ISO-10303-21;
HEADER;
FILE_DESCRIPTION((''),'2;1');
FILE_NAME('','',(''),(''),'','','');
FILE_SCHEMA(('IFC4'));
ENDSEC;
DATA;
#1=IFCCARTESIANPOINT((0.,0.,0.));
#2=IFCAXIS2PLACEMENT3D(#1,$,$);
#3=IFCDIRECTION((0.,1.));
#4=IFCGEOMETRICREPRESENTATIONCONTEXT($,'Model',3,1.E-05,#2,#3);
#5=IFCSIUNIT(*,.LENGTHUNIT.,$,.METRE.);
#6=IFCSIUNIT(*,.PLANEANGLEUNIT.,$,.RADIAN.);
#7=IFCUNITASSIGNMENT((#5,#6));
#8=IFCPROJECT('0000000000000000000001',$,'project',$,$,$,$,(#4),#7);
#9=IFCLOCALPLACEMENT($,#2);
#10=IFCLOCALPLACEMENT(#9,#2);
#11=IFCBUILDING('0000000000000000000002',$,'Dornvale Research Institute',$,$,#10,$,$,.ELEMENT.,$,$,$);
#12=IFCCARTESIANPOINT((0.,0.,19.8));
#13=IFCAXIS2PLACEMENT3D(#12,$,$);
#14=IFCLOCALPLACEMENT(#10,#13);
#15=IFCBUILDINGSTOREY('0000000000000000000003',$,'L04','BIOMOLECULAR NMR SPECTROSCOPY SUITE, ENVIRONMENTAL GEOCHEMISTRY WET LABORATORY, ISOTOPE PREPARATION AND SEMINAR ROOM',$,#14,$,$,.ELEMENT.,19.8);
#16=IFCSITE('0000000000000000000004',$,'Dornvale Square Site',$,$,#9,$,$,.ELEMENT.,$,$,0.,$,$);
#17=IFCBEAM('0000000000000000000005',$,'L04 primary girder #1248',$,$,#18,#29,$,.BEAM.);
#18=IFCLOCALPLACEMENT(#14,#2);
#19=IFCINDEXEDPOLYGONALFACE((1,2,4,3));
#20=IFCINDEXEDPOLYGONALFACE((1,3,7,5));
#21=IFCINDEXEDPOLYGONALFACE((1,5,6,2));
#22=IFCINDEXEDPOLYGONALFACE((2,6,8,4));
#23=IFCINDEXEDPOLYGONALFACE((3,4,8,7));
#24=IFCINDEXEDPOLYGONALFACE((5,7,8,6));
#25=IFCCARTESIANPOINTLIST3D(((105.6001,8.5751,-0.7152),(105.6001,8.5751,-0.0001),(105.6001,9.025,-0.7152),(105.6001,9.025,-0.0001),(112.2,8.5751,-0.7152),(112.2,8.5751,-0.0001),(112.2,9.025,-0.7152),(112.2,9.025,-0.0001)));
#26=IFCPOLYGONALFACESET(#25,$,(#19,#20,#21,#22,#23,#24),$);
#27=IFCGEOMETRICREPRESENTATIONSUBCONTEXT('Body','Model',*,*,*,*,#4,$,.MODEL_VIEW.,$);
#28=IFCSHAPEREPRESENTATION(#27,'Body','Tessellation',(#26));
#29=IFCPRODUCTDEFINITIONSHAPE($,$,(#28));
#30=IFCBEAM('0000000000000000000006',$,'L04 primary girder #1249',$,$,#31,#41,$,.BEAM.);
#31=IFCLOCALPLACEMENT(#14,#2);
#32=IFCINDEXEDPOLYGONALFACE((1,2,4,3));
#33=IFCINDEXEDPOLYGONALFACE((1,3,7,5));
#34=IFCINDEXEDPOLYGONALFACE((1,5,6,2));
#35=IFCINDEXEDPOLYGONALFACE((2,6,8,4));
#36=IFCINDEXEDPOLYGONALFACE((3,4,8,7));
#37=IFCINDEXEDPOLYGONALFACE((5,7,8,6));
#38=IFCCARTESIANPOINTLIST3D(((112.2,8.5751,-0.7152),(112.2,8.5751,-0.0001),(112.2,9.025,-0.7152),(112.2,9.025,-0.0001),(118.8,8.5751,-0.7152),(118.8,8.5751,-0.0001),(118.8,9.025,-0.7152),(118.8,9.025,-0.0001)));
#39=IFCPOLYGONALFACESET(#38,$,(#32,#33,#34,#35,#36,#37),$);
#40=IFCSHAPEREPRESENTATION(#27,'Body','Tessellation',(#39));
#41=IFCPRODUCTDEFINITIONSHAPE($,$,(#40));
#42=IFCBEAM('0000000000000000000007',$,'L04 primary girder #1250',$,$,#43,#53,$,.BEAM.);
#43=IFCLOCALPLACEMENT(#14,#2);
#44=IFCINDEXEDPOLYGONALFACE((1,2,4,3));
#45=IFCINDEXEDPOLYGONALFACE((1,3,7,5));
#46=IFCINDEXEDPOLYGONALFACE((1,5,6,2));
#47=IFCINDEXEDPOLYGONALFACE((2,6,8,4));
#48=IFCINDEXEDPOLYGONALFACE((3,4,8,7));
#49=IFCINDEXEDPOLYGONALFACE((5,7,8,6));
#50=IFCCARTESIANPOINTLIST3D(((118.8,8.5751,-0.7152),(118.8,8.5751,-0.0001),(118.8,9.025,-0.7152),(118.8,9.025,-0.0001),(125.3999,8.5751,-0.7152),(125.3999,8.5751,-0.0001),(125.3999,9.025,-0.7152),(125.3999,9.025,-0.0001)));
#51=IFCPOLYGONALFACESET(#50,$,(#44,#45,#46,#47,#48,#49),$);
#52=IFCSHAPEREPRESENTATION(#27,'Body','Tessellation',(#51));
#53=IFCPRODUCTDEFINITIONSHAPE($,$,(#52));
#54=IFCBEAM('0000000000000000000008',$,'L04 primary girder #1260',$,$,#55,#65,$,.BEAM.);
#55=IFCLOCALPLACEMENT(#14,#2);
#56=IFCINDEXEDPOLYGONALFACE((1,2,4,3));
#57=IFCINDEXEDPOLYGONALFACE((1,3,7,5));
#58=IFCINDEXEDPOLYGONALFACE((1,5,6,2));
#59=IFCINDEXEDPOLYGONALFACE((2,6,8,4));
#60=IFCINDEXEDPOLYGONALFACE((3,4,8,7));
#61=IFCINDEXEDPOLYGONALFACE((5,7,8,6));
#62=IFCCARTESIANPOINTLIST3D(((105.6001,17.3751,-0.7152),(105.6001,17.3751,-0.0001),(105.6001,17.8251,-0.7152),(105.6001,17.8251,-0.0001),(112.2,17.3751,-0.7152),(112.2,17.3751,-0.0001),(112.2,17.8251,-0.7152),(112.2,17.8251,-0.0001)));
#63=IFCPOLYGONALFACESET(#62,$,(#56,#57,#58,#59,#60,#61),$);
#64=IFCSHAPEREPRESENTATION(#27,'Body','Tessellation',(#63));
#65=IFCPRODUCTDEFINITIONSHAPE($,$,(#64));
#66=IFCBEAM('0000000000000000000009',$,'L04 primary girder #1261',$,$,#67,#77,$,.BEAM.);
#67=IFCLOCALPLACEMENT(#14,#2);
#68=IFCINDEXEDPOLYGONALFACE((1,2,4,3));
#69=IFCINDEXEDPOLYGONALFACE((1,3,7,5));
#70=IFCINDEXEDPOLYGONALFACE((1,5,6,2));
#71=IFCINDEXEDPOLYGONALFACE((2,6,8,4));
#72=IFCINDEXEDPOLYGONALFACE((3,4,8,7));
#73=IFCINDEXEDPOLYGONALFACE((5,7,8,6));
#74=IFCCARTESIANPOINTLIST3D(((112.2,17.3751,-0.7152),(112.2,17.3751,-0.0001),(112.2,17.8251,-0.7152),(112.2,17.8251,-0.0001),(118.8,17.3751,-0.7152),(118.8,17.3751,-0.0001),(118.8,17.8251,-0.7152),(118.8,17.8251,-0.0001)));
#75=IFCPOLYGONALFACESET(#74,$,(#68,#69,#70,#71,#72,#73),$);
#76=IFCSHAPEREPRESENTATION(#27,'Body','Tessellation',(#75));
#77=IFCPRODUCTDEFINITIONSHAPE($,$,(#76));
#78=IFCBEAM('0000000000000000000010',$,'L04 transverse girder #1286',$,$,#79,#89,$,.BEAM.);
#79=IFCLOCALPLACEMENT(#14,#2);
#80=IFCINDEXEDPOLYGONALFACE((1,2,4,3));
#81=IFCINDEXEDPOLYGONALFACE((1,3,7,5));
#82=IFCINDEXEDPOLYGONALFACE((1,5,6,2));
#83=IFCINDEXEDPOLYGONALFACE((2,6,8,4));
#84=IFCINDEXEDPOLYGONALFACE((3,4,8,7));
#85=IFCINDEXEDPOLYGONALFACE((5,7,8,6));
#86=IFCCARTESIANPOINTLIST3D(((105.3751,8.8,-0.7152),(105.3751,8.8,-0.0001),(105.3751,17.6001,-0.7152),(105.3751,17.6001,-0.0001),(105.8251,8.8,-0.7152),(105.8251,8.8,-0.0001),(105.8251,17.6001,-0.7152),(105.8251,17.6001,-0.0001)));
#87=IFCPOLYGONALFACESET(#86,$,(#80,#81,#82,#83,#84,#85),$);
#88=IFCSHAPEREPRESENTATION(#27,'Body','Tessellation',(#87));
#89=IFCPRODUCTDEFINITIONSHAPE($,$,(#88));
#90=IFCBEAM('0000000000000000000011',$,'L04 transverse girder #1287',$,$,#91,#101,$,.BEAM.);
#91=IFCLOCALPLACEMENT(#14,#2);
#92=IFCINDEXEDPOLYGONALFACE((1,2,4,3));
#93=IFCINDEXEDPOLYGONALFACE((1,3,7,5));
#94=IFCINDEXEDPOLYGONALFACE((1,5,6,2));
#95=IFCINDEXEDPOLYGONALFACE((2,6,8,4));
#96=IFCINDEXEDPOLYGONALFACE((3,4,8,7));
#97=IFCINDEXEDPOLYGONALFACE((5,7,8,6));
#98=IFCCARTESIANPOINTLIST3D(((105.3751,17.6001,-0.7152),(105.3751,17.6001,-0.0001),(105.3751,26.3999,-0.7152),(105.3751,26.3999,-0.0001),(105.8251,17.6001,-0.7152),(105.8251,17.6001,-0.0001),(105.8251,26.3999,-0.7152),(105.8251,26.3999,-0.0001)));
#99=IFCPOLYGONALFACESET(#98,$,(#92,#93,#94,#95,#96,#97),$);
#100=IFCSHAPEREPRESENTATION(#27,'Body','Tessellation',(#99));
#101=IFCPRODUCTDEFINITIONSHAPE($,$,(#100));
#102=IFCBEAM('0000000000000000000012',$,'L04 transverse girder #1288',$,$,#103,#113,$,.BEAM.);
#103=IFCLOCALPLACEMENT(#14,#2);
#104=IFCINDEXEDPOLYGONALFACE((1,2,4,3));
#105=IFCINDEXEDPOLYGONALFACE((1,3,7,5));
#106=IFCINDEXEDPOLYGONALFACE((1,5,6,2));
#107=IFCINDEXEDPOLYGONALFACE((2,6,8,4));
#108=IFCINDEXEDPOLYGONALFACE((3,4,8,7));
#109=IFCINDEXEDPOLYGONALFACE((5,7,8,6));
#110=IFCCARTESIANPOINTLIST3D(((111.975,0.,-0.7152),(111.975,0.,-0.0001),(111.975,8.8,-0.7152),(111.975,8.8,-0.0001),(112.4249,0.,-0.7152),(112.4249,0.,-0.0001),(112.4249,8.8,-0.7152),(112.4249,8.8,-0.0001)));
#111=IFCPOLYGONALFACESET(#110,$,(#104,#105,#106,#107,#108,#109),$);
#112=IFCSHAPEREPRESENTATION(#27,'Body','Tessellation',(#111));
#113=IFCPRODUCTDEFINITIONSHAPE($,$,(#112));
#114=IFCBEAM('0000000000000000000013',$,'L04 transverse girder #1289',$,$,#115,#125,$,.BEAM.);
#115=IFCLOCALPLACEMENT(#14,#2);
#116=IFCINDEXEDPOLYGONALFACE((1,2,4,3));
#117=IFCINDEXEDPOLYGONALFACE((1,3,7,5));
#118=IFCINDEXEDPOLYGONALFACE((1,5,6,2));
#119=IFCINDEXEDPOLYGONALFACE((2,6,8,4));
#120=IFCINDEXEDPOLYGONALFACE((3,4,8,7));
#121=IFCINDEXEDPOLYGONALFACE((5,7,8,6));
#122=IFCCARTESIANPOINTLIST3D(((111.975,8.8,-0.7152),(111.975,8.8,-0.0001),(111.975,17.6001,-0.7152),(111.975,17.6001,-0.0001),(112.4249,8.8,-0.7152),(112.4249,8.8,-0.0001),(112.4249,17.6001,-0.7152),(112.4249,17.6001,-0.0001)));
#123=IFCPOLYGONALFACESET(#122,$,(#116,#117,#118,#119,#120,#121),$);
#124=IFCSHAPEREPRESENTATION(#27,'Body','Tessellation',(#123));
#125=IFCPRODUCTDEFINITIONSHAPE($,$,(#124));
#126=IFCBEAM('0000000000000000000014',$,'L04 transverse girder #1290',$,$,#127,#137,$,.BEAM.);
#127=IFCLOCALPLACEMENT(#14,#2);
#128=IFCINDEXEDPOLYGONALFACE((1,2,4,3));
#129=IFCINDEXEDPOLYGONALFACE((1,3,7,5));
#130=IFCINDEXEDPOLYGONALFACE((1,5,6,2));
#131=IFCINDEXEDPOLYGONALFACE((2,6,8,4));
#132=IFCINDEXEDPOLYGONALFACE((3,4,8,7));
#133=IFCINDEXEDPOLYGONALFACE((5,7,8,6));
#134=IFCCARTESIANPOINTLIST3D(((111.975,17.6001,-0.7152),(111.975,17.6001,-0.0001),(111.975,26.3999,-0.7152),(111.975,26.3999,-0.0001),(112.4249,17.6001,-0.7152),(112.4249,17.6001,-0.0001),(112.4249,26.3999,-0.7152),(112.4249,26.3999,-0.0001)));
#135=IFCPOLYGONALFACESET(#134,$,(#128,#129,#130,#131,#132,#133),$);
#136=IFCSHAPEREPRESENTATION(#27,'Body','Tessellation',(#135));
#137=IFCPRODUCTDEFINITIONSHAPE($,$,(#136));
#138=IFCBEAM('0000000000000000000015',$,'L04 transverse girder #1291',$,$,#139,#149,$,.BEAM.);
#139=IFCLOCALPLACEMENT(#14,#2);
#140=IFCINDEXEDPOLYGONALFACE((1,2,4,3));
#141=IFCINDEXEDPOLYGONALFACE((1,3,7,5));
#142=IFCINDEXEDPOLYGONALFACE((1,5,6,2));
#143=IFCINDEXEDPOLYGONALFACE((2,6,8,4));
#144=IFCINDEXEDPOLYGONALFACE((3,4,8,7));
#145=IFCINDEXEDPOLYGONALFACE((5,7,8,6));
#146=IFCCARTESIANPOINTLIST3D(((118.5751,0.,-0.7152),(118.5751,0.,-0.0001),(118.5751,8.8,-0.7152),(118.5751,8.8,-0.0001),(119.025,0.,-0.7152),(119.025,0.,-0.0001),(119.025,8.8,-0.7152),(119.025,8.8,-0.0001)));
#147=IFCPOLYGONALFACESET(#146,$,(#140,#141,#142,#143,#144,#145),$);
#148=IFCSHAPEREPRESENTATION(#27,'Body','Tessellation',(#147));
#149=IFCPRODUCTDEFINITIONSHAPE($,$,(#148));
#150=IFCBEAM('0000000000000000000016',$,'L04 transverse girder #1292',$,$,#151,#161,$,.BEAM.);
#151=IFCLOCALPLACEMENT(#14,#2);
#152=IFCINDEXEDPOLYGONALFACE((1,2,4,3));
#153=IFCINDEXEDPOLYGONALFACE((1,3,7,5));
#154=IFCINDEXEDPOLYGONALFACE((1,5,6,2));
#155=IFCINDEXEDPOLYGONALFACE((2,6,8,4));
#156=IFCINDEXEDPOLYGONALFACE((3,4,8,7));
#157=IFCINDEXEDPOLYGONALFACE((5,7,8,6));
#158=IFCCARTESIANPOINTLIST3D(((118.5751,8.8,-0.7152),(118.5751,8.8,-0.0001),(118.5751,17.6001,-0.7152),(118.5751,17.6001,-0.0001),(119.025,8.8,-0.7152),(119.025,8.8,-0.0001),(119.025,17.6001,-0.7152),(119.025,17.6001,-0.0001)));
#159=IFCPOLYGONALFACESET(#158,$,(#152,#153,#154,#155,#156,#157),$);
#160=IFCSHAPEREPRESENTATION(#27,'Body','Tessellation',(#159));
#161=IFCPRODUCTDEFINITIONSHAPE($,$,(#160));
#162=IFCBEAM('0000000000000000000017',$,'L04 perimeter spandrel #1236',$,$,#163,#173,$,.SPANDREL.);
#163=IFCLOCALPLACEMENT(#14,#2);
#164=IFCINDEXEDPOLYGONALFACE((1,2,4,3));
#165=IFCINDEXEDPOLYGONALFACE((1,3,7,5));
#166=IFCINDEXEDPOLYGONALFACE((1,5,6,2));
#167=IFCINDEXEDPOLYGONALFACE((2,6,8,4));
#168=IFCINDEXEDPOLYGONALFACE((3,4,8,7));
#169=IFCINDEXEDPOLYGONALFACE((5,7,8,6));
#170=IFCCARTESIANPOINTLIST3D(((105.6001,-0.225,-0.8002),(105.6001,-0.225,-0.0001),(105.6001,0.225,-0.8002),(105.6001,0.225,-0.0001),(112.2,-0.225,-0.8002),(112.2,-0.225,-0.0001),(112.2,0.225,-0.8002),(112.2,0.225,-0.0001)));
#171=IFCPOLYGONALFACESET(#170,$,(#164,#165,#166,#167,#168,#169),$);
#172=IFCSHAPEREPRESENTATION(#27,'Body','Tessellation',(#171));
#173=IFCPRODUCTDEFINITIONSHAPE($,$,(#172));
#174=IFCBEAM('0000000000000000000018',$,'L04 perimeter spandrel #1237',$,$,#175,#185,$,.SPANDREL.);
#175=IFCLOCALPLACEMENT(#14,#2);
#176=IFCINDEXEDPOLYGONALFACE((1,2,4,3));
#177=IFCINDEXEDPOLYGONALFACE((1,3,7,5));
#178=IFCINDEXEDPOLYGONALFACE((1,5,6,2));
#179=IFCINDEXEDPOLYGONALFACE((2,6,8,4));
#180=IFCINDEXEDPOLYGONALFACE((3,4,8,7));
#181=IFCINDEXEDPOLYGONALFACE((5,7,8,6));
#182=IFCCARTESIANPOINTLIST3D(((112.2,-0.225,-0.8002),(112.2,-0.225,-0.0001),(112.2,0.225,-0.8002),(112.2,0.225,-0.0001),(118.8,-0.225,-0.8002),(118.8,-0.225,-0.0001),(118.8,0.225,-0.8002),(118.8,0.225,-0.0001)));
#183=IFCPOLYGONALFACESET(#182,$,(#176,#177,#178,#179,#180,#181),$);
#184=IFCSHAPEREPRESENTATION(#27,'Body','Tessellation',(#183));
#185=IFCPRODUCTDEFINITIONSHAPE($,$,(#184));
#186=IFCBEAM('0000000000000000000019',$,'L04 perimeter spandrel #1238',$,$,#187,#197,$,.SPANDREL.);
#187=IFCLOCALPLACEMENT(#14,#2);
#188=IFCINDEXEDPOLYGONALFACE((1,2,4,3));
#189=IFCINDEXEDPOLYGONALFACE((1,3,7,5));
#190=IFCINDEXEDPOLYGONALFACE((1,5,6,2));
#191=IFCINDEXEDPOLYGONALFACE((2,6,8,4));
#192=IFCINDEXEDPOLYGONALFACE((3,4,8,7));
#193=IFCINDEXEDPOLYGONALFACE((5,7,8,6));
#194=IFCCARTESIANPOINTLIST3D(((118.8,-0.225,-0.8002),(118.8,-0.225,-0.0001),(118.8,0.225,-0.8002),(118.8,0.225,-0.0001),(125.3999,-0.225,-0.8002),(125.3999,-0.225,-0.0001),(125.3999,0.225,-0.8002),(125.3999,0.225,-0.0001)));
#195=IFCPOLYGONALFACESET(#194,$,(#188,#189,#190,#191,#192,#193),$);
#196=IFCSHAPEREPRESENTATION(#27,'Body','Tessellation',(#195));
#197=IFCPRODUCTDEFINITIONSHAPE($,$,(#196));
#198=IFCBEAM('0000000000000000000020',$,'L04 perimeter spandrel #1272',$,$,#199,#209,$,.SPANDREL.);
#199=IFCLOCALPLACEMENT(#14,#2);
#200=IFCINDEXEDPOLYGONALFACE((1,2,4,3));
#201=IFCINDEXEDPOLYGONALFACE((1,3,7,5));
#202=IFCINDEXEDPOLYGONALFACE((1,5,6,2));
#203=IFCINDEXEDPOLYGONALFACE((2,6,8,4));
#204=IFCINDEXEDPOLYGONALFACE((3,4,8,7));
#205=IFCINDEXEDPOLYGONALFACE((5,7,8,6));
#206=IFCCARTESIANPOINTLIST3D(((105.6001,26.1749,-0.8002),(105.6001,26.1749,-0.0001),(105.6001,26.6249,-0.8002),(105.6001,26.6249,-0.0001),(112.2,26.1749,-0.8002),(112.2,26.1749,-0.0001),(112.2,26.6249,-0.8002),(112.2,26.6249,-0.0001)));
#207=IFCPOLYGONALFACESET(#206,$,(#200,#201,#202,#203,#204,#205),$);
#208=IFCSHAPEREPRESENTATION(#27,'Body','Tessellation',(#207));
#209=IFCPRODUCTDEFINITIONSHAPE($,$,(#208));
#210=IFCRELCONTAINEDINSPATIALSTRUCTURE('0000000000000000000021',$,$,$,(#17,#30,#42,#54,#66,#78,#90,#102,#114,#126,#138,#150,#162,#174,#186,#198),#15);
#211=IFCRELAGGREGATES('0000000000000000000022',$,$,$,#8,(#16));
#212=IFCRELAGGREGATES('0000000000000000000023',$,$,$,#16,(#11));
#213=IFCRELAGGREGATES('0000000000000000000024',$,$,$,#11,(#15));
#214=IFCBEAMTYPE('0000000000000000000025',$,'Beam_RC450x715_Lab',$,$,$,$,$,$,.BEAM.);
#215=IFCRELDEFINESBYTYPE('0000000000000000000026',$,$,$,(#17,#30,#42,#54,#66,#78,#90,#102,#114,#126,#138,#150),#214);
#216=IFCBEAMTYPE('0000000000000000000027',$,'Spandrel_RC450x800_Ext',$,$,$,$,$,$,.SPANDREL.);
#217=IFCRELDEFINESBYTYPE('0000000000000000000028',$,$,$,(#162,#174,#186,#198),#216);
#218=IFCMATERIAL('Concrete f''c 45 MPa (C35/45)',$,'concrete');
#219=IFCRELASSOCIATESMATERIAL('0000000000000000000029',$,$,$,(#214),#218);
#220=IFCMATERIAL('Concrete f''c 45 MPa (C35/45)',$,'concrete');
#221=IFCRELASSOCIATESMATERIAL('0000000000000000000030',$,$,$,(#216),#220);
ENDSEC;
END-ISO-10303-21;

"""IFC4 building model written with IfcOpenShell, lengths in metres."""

from ifc_helpers import new_model, si_unit, direction, frame, origin, origin_2d, place, context, subcontext, project, spatial, rectangle, extrude, material, material_profile, profile_set, type_object, element, save


model = new_model("IFC4")

# Units and contexts
model_context = context("Model", 3, precision=1e-05, world=origin(), true_north=direction((0.0, 1.0)))
body_context = subcontext(model_context, "Body", "Model", "MODEL_VIEW")
ifc_project = project(units=[si_unit("LENGTHUNIT", "METRE"), si_unit("PLANEANGLEUNIT", "RADIAN")], contexts=[model_context])

# Site, building, storey
site_placement = place(None, origin())
site = spatial("IfcSite", under=ifc_project, at=site_placement, Name="Dornvale Square Site", CompositionType="ELEMENT", RefElevation=0.0)
building_placement = place(site_placement, origin())
building = spatial("IfcBuilding", under=site, at=building_placement, Name="Dornvale Research Institute", CompositionType="ELEMENT")
storey_placement = place(building_placement, frame((0.0, 0.0, 19.8)))
storey = spatial("IfcBuildingStorey", under=building, at=storey_placement, Name="L04", Description="BIOMOLECULAR NMR SPECTROSCOPY SUITE, ENVIRONMENTAL GEOCHEMISTRY WET LABORATORY, ISOTOPE PREPARATION AND SEMINAR ROOM", CompositionType="ELEMENT", Elevation=19.8)

# Beams
ifc_material_1 = material(Name="Concrete f'c 45 MPa (C35/45)", Category="concrete")
ifc_material_profile_1 = material_profile(ifc_material_1, rectangle(XDim=0.45, YDim=0.7151, at=origin_2d()), Name="RC 450x715")
ifc_profile_set_1 = profile_set([ifc_material_profile_1], Name="Concrete f'c 45 MPa (C35/45)")
beam_type_1 = type_object("IfcBeamType", Name="Beam_RC450x715_Lab", PredefinedType="BEAM", material=ifc_profile_set_1)
beam_1_placement = place(storey_placement, frame((105.6001, 8.8, -0.3577), z_axis=(1.0, 0.0, 0.0), x_axis=(0.0, 1.0, 0.0)))
element("IfcBeam", 1, at=beam_1_placement, inside=storey, type_object=beam_type_1, Name="L04 primary girder #1248", PredefinedType="BEAM", context=body_context, shape_type="SweptSolid", body=[
    extrude(rectangle(XDim=0.45, YDim=0.7151, at=origin_2d()), origin(), (0.0, 0.0, 1.0), 6.5999),
])
beam_2_placement = place(storey_placement, frame((112.2, 8.8, -0.3577), z_axis=(1.0, 0.0, 0.0), x_axis=(0.0, 1.0, 0.0)))
element("IfcBeam", 2, at=beam_2_placement, inside=storey, type_object=beam_type_1, Name="L04 primary girder #1249", PredefinedType="BEAM", context=body_context, shape_type="SweptSolid", body=[
    extrude(rectangle(XDim=0.45, YDim=0.7151, at=origin_2d()), origin(), (0.0, 0.0, 1.0), 6.6001),
])
for number, where, z_axis, x_axis, name in (
    (3, (118.8, 8.8, -0.3577), (1.0, 0.0, 0.0), (0.0, 1.0, 0.0), "L04 primary girder #1250"),
    (4, (105.6001, 17.6001, -0.3577), (1.0, 0.0, 0.0), (0.0, 1.0, 0.0), "L04 primary girder #1260"),
):
    element("IfcBeam", number, at=place(storey_placement, frame(where, z_axis=z_axis, x_axis=x_axis)), inside=storey, type_object=beam_type_1, Name=name, PredefinedType="BEAM", context=body_context, shape_type="SweptSolid", body=[
        extrude(rectangle(XDim=0.45, YDim=0.7151, at=origin_2d()), origin(), (0.0, 0.0, 1.0), 6.5999),
    ])
beam_3_placement = place(storey_placement, frame((112.2, 17.6001, -0.3577), z_axis=(1.0, 0.0, 0.0), x_axis=(0.0, 1.0, 0.0)))
element("IfcBeam", 5, at=beam_3_placement, inside=storey, type_object=beam_type_1, Name="L04 primary girder #1261", PredefinedType="BEAM", context=body_context, shape_type="SweptSolid", body=[
    extrude(rectangle(XDim=0.45, YDim=0.7151, at=origin_2d()), origin(), (0.0, 0.0, 1.0), 6.6001),
])
beam_4_placement = place(storey_placement, frame((105.6001, 8.8, -0.3577), z_axis=(0.0, 1.0, 0.0), x_axis=(-1.0, 0.0, 0.0)))
element("IfcBeam", 6, at=beam_4_placement, inside=storey, type_object=beam_type_1, Name="L04 transverse girder #1286", PredefinedType="BEAM", context=body_context, shape_type="SweptSolid", body=[
    extrude(rectangle(XDim=0.45, YDim=0.7151, at=origin_2d()), origin(), (0.0, 0.0, 1.0), 8.8),
])
beam_5_placement = place(storey_placement, frame((105.6001, 17.6001, -0.3577), z_axis=(0.0, 1.0, 0.0), x_axis=(-1.0, 0.0, 0.0)))
element("IfcBeam", 7, at=beam_5_placement, inside=storey, type_object=beam_type_1, Name="L04 transverse girder #1287", PredefinedType="BEAM", context=body_context, shape_type="SweptSolid", body=[
    extrude(rectangle(XDim=0.45, YDim=0.7151, at=origin_2d()), origin(), (0.0, 0.0, 1.0), 8.7998),
])
for number, where, z_axis, x_axis, name in (
    (8, (112.2, 0.0, -0.3577), (0.0, 1.0, 0.0), (-1.0, 0.0, 0.0), "L04 transverse girder #1288"),
    (9, (112.2, 8.8, -0.3577), (0.0, 1.0, 0.0), (-1.0, 0.0, 0.0), "L04 transverse girder #1289"),
):
    element("IfcBeam", number, at=place(storey_placement, frame(where, z_axis=z_axis, x_axis=x_axis)), inside=storey, type_object=beam_type_1, Name=name, PredefinedType="BEAM", context=body_context, shape_type="SweptSolid", body=[
        extrude(rectangle(XDim=0.45, YDim=0.7151, at=origin_2d()), origin(), (0.0, 0.0, 1.0), 8.8),
    ])
beam_6_placement = place(storey_placement, frame((112.2, 17.6001, -0.3577), z_axis=(0.0, 1.0, 0.0), x_axis=(-1.0, 0.0, 0.0)))
element("IfcBeam", 10, at=beam_6_placement, inside=storey, type_object=beam_type_1, Name="L04 transverse girder #1290", PredefinedType="BEAM", context=body_context, shape_type="SweptSolid", body=[
    extrude(rectangle(XDim=0.45, YDim=0.7151, at=origin_2d()), origin(), (0.0, 0.0, 1.0), 8.7998),
])
for number, where, z_axis, x_axis, name in (
    (11, (118.8, 0.0, -0.3577), (0.0, 1.0, 0.0), (-1.0, 0.0, 0.0), "L04 transverse girder #1291"),
    (12, (118.8, 8.8, -0.3577), (0.0, 1.0, 0.0), (-1.0, 0.0, 0.0), "L04 transverse girder #1292"),
):
    element("IfcBeam", number, at=place(storey_placement, frame(where, z_axis=z_axis, x_axis=x_axis)), inside=storey, type_object=beam_type_1, Name=name, PredefinedType="BEAM", context=body_context, shape_type="SweptSolid", body=[
        extrude(rectangle(XDim=0.45, YDim=0.7151, at=origin_2d()), origin(), (0.0, 0.0, 1.0), 8.8),
    ])
ifc_material_2 = material(Name="Concrete f'c 45 MPa (C35/45)", Category="concrete")
ifc_material_profile_2 = material_profile(ifc_material_2, rectangle(XDim=0.45, YDim=0.8, at=origin_2d()), Name="RC 450x800")
ifc_profile_set_2 = profile_set([ifc_material_profile_2], Name="Concrete f'c 45 MPa (C35/45)")
beam_type_2 = type_object("IfcBeamType", Name="Spandrel_RC450x800_Ext", PredefinedType="SPANDREL", material=ifc_profile_set_2)
beam_7_placement = place(storey_placement, frame((105.6001, 0.0, -0.4001), z_axis=(1.0, 0.0, 0.0), x_axis=(0.0, 1.0, 0.0)))
element("IfcBeam", 13, at=beam_7_placement, inside=storey, type_object=beam_type_2, Name="L04 perimeter spandrel #1236", PredefinedType="SPANDREL", context=body_context, shape_type="SweptSolid", body=[
    extrude(rectangle(XDim=0.45, YDim=0.8, at=origin_2d()), origin(), (0.0, 0.0, 1.0), 6.5999),
])
beam_8_placement = place(storey_placement, frame((112.2, 0.0, -0.4001), z_axis=(1.0, 0.0, 0.0), x_axis=(0.0, 1.0, 0.0)))
element("IfcBeam", 14, at=beam_8_placement, inside=storey, type_object=beam_type_2, Name="L04 perimeter spandrel #1237", PredefinedType="SPANDREL", context=body_context, shape_type="SweptSolid", body=[
    extrude(rectangle(XDim=0.45, YDim=0.8, at=origin_2d()), origin(), (0.0, 0.0, 1.0), 6.6001),
])
for number, where, z_axis, x_axis, name in (
    (15, (118.8, 0.0, -0.4001), (1.0, 0.0, 0.0), (0.0, 1.0, 0.0), "L04 perimeter spandrel #1238"),
    (16, (105.6001, 26.3999, -0.4001), (1.0, 0.0, 0.0), (0.0, 1.0, 0.0), "L04 perimeter spandrel #1272"),
):
    element("IfcBeam", number, at=place(storey_placement, frame(where, z_axis=z_axis, x_axis=x_axis)), inside=storey, type_object=beam_type_2, Name=name, PredefinedType="SPANDREL", context=body_context, shape_type="SweptSolid", body=[
        extrude(rectangle(XDim=0.45, YDim=0.8, at=origin_2d()), origin(), (0.0, 0.0, 1.0), 6.5999),
    ])

save(model, "model.ifc")
